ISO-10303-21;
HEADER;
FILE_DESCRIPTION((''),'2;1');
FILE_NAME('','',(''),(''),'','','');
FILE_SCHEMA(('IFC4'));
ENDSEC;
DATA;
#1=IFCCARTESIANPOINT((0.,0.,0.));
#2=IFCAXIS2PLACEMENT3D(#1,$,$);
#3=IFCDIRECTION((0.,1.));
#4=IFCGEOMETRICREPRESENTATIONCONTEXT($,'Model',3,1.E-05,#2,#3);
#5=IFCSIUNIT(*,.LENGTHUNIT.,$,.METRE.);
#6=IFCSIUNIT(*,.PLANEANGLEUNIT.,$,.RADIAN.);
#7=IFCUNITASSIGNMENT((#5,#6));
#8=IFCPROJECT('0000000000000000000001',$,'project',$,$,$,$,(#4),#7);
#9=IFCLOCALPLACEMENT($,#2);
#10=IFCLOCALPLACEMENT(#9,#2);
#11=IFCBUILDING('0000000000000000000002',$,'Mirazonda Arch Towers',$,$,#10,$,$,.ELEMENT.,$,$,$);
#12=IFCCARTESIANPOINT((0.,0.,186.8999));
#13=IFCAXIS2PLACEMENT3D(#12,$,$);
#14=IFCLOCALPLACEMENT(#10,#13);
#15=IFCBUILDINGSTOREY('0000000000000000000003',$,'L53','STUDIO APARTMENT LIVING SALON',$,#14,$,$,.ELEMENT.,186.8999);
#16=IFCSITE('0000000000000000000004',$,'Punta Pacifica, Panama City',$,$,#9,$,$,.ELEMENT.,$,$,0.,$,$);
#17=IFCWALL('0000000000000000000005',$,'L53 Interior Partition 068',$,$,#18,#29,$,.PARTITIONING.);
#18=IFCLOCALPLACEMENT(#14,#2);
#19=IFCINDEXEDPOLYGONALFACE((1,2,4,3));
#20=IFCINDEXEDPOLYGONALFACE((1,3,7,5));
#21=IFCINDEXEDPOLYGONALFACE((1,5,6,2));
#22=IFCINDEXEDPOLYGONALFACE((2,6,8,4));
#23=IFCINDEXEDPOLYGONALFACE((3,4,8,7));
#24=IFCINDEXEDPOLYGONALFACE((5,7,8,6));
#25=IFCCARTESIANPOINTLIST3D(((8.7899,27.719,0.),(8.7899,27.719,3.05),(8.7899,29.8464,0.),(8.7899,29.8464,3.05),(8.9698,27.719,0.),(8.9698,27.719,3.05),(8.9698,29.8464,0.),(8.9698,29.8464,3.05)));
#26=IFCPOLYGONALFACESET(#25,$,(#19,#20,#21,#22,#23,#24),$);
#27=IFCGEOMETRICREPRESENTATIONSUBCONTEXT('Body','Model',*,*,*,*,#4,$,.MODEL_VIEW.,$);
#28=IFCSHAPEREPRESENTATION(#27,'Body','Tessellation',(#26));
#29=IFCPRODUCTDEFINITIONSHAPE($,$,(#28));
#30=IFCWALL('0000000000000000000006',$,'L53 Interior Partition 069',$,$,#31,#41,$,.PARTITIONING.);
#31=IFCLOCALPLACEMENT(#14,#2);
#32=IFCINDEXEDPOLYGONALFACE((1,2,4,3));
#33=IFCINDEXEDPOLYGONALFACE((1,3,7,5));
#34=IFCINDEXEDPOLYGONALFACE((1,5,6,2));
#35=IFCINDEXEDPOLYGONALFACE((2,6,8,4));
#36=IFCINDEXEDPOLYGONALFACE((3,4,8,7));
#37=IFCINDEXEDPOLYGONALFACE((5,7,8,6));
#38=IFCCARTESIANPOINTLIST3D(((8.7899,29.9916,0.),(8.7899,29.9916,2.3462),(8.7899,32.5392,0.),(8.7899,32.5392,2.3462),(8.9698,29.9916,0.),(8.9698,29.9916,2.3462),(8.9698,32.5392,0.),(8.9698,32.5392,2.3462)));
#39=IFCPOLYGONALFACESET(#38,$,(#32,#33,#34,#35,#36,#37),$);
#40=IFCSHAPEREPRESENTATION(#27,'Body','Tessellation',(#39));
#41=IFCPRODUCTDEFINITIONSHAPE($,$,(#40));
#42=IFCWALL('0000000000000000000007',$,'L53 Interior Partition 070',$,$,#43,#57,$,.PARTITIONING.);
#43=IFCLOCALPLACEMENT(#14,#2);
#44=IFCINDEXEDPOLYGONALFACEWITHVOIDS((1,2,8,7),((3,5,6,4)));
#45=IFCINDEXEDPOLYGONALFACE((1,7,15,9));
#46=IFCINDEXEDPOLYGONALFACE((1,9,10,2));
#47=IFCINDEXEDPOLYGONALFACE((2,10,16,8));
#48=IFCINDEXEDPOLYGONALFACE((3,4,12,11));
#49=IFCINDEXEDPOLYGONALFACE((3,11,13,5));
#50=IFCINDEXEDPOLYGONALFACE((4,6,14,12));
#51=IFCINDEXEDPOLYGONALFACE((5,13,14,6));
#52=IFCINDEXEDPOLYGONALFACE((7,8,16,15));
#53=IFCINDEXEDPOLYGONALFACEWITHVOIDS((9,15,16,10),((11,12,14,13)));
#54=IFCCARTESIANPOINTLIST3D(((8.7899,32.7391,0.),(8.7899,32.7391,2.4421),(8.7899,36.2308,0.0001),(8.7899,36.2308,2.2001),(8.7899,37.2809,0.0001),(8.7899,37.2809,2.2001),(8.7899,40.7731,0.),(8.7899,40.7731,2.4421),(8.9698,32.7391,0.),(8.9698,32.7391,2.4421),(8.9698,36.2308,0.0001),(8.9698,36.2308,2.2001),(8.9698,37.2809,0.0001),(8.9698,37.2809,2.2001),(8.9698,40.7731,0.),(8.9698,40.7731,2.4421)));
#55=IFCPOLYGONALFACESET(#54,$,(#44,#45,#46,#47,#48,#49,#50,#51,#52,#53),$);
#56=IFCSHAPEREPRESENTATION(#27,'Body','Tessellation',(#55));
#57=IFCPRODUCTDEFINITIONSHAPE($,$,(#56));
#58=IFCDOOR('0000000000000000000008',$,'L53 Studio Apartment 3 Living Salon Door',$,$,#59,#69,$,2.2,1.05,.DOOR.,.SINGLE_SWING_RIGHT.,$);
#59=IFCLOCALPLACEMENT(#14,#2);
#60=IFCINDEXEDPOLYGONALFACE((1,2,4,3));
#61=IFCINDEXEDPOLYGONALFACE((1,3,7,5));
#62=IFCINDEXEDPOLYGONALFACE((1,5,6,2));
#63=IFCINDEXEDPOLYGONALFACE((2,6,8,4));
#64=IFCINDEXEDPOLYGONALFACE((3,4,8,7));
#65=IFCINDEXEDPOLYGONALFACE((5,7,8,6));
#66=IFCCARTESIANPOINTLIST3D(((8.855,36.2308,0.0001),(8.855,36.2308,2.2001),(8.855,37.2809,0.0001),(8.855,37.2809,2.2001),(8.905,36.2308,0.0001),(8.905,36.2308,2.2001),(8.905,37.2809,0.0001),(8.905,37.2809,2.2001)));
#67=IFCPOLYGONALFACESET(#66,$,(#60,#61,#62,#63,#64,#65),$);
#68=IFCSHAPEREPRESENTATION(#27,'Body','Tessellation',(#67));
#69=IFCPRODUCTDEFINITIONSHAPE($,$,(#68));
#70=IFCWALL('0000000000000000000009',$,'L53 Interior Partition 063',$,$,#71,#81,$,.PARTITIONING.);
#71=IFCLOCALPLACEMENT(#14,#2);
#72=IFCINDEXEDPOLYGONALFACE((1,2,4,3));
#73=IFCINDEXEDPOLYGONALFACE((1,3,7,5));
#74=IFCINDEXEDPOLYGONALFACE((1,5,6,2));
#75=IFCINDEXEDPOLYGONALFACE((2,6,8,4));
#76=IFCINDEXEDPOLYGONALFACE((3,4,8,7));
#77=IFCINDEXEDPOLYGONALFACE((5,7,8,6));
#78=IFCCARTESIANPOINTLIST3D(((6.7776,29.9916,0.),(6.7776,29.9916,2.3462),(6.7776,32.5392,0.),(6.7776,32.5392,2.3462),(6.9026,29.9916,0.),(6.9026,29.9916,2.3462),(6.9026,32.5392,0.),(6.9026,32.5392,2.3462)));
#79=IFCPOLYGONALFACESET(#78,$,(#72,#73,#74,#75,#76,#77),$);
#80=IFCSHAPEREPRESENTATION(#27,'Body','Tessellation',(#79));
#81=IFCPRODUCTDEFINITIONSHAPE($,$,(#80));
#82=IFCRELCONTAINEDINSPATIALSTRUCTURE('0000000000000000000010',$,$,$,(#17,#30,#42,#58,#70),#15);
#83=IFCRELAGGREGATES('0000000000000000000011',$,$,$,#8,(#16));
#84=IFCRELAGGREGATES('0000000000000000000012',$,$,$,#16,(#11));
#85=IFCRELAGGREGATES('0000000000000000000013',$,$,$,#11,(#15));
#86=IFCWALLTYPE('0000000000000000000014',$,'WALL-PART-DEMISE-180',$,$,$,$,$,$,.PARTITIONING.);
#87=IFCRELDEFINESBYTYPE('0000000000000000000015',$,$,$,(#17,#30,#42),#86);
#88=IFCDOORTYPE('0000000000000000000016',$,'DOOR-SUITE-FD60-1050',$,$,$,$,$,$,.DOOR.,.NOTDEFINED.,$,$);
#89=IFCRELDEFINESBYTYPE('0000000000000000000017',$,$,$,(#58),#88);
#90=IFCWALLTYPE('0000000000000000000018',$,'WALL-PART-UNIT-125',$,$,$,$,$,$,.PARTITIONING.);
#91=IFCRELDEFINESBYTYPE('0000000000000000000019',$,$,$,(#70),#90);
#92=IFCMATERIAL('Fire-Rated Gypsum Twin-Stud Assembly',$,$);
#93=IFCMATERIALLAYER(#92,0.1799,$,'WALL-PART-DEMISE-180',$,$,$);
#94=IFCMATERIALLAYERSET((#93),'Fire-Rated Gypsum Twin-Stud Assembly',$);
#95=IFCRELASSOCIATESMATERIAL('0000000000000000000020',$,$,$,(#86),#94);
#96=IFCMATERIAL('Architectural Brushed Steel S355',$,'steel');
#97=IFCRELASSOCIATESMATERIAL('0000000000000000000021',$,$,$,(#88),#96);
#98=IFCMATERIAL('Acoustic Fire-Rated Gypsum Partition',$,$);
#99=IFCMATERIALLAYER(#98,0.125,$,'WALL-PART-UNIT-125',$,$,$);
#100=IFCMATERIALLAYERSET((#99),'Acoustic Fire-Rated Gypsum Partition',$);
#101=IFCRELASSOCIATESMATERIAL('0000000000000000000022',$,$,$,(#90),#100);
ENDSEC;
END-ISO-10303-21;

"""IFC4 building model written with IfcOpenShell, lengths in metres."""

from ifc_helpers import new_model, si_unit, direction, frame, frame_2d, origin, place, context, subcontext, project, spatial, rectangle, extrude, material, layer, layer_set, type_object, element, fill, save


model = new_model("IFC4")

# Units and contexts
model_context = context("Model", 3, precision=1e-05, world=origin(), true_north=direction((0.0, 1.0)))
body_context = subcontext(model_context, "Body", "Model", "MODEL_VIEW")
ifc_project = project(units=[si_unit("LENGTHUNIT", "METRE"), si_unit("PLANEANGLEUNIT", "RADIAN")], contexts=[model_context])

# Site, building, storey
site_placement = place(None, origin())
site = spatial("IfcSite", under=ifc_project, at=site_placement, Name="Punta Pacifica, Panama City", CompositionType="ELEMENT", RefElevation=0.0)
building_placement = place(site_placement, origin())
building = spatial("IfcBuilding", under=site, at=building_placement, Name="Mirazonda Arch Towers", CompositionType="ELEMENT")
storey_placement = place(building_placement, frame((0.0, 0.0, 186.8999)))
storey = spatial("IfcBuildingStorey", under=building, at=storey_placement, Name="L53", Description="STUDIO APARTMENT LIVING SALON", CompositionType="ELEMENT", Elevation=186.8999)

# Shared definitions
ifc_material_1 = material(Name="Architectural Brushed Steel S355", Category="steel")

# Walls
ifc_material_2 = material(Name="Fire-Rated Gypsum Twin-Stud Assembly")
ifc_layer_1 = layer(ifc_material_2, 0.1799, Name="WALL-PART-DEMISE-180")
ifc_layer_set_1 = layer_set([ifc_layer_1], Name="Fire-Rated Gypsum Twin-Stud Assembly")
wall_type_1 = type_object("IfcWallType", Name="WALL-PART-DEMISE-180", PredefinedType="PARTITIONING", material=ifc_layer_set_1)
wall_1_placement = place(storey_placement, frame((8.8799, 27.719, 0.0), z_axis=(0.0, 0.0, 1.0), x_axis=(0.0, 1.0, 0.0)))
element("IfcWall", 1, at=wall_1_placement, inside=storey, type_object=wall_type_1, Name="L53 Interior Partition 068", PredefinedType="PARTITIONING", context=body_context, shape_type="SweptSolid", body=[
    extrude(rectangle(XDim=2.1274, YDim=0.1799, at=frame_2d((1.0637, 0.0))), origin(), (0.0, 0.0, 1.0), 3.05),
])
wall_2_placement = place(storey_placement, frame((8.8799, 29.9915, 0.0), z_axis=(0.0, 0.0, 1.0), x_axis=(0.0, 1.0, 0.0)))
element("IfcWall", 2, at=wall_2_placement, inside=storey, type_object=wall_type_1, Name="L53 Interior Partition 069", PredefinedType="PARTITIONING", context=body_context, shape_type="SweptSolid", body=[
    extrude(rectangle(XDim=2.5476, YDim=0.1799, at=frame_2d((1.2739, 0.0))), origin(), (0.0, 0.0, 1.0), 2.3462),
])

# Wall, opening, door
wall_3_placement = place(storey_placement, frame((8.8799, 32.739, 0.0), z_axis=(0.0, 0.0, 1.0), x_axis=(0.0, 1.0, 0.0)))
wall_3 = element("IfcWall", 3, at=wall_3_placement, inside=storey, type_object=wall_type_1, Name="L53 Interior Partition 070", PredefinedType="PARTITIONING", context=body_context, shape_type="SweptSolid", body=[
    extrude(rectangle(XDim=8.0339, YDim=0.1799, at=frame_2d((4.0171, 0.0))), origin(), (0.0, 0.0, 1.0), 2.4421),
])
opening_1_placement = place(wall_3_placement, frame((3.4919, 0.0, 0.0)))
opening_1 = element("IfcOpeningElement", 4, at=opening_1_placement, cuts=wall_3, PredefinedType="OPENING", context=body_context, shape_type="SweptSolid", body=[
    extrude(rectangle(XDim=1.05, YDim=2.2, at=frame_2d((0.5249, 1.1001))), frame((0.0, 0.0999, 0.0), z_axis=(0.0, -1.0, 0.0), x_axis=(1.0, 0.0, 0.0)), (0.0, 0.0, 1.0), 0.2),
])
door_type_1 = type_object("IfcDoorType", Name="DOOR-SUITE-FD60-1050", OperationType="NOTDEFINED", PredefinedType="DOOR", material=ifc_material_1)
door_1_placement = place(opening_1_placement, origin())
door_1 = element("IfcDoor", 5, at=door_1_placement, inside=storey, type_object=door_type_1, Name="L53 Studio Apartment 3 Living Salon Door", OperationType="SINGLE_SWING_RIGHT", OverallHeight=2.2, OverallWidth=1.05, PredefinedType="DOOR", context=body_context, shape_type="SweptSolid", body=[
    extrude(rectangle(XDim=1.05, YDim=2.2, at=frame_2d((0.5249, 1.1001))), frame((0.0, 0.0249, 0.0), z_axis=(0.0, -1.0, 0.0), x_axis=(1.0, 0.0, 0.0)), (0.0, 0.0, 1.0), 0.05),
])
fill(opening_1, door_1)

# Wall
ifc_material_3 = material(Name="Acoustic Fire-Rated Gypsum Partition")
ifc_layer_2 = layer(ifc_material_3, 0.125, Name="WALL-PART-UNIT-125")
ifc_layer_set_2 = layer_set([ifc_layer_2], Name="Acoustic Fire-Rated Gypsum Partition")
wall_type_2 = type_object("IfcWallType", Name="WALL-PART-UNIT-125", PredefinedType="PARTITIONING", material=ifc_layer_set_2)
wall_4_placement = place(storey_placement, frame((6.8401, 29.9915, 0.0), z_axis=(0.0, 0.0, 1.0), x_axis=(0.0, 1.0, 0.0)))
element("IfcWall", 6, at=wall_4_placement, inside=storey, type_object=wall_type_2, Name="L53 Interior Partition 063", PredefinedType="PARTITIONING", context=body_context, shape_type="SweptSolid", body=[
    extrude(rectangle(XDim=2.5476, YDim=0.125, at=frame_2d((1.2739, 0.0))), origin(), (0.0, 0.0, 1.0), 2.3462),
])

save(model, "model.ifc")
